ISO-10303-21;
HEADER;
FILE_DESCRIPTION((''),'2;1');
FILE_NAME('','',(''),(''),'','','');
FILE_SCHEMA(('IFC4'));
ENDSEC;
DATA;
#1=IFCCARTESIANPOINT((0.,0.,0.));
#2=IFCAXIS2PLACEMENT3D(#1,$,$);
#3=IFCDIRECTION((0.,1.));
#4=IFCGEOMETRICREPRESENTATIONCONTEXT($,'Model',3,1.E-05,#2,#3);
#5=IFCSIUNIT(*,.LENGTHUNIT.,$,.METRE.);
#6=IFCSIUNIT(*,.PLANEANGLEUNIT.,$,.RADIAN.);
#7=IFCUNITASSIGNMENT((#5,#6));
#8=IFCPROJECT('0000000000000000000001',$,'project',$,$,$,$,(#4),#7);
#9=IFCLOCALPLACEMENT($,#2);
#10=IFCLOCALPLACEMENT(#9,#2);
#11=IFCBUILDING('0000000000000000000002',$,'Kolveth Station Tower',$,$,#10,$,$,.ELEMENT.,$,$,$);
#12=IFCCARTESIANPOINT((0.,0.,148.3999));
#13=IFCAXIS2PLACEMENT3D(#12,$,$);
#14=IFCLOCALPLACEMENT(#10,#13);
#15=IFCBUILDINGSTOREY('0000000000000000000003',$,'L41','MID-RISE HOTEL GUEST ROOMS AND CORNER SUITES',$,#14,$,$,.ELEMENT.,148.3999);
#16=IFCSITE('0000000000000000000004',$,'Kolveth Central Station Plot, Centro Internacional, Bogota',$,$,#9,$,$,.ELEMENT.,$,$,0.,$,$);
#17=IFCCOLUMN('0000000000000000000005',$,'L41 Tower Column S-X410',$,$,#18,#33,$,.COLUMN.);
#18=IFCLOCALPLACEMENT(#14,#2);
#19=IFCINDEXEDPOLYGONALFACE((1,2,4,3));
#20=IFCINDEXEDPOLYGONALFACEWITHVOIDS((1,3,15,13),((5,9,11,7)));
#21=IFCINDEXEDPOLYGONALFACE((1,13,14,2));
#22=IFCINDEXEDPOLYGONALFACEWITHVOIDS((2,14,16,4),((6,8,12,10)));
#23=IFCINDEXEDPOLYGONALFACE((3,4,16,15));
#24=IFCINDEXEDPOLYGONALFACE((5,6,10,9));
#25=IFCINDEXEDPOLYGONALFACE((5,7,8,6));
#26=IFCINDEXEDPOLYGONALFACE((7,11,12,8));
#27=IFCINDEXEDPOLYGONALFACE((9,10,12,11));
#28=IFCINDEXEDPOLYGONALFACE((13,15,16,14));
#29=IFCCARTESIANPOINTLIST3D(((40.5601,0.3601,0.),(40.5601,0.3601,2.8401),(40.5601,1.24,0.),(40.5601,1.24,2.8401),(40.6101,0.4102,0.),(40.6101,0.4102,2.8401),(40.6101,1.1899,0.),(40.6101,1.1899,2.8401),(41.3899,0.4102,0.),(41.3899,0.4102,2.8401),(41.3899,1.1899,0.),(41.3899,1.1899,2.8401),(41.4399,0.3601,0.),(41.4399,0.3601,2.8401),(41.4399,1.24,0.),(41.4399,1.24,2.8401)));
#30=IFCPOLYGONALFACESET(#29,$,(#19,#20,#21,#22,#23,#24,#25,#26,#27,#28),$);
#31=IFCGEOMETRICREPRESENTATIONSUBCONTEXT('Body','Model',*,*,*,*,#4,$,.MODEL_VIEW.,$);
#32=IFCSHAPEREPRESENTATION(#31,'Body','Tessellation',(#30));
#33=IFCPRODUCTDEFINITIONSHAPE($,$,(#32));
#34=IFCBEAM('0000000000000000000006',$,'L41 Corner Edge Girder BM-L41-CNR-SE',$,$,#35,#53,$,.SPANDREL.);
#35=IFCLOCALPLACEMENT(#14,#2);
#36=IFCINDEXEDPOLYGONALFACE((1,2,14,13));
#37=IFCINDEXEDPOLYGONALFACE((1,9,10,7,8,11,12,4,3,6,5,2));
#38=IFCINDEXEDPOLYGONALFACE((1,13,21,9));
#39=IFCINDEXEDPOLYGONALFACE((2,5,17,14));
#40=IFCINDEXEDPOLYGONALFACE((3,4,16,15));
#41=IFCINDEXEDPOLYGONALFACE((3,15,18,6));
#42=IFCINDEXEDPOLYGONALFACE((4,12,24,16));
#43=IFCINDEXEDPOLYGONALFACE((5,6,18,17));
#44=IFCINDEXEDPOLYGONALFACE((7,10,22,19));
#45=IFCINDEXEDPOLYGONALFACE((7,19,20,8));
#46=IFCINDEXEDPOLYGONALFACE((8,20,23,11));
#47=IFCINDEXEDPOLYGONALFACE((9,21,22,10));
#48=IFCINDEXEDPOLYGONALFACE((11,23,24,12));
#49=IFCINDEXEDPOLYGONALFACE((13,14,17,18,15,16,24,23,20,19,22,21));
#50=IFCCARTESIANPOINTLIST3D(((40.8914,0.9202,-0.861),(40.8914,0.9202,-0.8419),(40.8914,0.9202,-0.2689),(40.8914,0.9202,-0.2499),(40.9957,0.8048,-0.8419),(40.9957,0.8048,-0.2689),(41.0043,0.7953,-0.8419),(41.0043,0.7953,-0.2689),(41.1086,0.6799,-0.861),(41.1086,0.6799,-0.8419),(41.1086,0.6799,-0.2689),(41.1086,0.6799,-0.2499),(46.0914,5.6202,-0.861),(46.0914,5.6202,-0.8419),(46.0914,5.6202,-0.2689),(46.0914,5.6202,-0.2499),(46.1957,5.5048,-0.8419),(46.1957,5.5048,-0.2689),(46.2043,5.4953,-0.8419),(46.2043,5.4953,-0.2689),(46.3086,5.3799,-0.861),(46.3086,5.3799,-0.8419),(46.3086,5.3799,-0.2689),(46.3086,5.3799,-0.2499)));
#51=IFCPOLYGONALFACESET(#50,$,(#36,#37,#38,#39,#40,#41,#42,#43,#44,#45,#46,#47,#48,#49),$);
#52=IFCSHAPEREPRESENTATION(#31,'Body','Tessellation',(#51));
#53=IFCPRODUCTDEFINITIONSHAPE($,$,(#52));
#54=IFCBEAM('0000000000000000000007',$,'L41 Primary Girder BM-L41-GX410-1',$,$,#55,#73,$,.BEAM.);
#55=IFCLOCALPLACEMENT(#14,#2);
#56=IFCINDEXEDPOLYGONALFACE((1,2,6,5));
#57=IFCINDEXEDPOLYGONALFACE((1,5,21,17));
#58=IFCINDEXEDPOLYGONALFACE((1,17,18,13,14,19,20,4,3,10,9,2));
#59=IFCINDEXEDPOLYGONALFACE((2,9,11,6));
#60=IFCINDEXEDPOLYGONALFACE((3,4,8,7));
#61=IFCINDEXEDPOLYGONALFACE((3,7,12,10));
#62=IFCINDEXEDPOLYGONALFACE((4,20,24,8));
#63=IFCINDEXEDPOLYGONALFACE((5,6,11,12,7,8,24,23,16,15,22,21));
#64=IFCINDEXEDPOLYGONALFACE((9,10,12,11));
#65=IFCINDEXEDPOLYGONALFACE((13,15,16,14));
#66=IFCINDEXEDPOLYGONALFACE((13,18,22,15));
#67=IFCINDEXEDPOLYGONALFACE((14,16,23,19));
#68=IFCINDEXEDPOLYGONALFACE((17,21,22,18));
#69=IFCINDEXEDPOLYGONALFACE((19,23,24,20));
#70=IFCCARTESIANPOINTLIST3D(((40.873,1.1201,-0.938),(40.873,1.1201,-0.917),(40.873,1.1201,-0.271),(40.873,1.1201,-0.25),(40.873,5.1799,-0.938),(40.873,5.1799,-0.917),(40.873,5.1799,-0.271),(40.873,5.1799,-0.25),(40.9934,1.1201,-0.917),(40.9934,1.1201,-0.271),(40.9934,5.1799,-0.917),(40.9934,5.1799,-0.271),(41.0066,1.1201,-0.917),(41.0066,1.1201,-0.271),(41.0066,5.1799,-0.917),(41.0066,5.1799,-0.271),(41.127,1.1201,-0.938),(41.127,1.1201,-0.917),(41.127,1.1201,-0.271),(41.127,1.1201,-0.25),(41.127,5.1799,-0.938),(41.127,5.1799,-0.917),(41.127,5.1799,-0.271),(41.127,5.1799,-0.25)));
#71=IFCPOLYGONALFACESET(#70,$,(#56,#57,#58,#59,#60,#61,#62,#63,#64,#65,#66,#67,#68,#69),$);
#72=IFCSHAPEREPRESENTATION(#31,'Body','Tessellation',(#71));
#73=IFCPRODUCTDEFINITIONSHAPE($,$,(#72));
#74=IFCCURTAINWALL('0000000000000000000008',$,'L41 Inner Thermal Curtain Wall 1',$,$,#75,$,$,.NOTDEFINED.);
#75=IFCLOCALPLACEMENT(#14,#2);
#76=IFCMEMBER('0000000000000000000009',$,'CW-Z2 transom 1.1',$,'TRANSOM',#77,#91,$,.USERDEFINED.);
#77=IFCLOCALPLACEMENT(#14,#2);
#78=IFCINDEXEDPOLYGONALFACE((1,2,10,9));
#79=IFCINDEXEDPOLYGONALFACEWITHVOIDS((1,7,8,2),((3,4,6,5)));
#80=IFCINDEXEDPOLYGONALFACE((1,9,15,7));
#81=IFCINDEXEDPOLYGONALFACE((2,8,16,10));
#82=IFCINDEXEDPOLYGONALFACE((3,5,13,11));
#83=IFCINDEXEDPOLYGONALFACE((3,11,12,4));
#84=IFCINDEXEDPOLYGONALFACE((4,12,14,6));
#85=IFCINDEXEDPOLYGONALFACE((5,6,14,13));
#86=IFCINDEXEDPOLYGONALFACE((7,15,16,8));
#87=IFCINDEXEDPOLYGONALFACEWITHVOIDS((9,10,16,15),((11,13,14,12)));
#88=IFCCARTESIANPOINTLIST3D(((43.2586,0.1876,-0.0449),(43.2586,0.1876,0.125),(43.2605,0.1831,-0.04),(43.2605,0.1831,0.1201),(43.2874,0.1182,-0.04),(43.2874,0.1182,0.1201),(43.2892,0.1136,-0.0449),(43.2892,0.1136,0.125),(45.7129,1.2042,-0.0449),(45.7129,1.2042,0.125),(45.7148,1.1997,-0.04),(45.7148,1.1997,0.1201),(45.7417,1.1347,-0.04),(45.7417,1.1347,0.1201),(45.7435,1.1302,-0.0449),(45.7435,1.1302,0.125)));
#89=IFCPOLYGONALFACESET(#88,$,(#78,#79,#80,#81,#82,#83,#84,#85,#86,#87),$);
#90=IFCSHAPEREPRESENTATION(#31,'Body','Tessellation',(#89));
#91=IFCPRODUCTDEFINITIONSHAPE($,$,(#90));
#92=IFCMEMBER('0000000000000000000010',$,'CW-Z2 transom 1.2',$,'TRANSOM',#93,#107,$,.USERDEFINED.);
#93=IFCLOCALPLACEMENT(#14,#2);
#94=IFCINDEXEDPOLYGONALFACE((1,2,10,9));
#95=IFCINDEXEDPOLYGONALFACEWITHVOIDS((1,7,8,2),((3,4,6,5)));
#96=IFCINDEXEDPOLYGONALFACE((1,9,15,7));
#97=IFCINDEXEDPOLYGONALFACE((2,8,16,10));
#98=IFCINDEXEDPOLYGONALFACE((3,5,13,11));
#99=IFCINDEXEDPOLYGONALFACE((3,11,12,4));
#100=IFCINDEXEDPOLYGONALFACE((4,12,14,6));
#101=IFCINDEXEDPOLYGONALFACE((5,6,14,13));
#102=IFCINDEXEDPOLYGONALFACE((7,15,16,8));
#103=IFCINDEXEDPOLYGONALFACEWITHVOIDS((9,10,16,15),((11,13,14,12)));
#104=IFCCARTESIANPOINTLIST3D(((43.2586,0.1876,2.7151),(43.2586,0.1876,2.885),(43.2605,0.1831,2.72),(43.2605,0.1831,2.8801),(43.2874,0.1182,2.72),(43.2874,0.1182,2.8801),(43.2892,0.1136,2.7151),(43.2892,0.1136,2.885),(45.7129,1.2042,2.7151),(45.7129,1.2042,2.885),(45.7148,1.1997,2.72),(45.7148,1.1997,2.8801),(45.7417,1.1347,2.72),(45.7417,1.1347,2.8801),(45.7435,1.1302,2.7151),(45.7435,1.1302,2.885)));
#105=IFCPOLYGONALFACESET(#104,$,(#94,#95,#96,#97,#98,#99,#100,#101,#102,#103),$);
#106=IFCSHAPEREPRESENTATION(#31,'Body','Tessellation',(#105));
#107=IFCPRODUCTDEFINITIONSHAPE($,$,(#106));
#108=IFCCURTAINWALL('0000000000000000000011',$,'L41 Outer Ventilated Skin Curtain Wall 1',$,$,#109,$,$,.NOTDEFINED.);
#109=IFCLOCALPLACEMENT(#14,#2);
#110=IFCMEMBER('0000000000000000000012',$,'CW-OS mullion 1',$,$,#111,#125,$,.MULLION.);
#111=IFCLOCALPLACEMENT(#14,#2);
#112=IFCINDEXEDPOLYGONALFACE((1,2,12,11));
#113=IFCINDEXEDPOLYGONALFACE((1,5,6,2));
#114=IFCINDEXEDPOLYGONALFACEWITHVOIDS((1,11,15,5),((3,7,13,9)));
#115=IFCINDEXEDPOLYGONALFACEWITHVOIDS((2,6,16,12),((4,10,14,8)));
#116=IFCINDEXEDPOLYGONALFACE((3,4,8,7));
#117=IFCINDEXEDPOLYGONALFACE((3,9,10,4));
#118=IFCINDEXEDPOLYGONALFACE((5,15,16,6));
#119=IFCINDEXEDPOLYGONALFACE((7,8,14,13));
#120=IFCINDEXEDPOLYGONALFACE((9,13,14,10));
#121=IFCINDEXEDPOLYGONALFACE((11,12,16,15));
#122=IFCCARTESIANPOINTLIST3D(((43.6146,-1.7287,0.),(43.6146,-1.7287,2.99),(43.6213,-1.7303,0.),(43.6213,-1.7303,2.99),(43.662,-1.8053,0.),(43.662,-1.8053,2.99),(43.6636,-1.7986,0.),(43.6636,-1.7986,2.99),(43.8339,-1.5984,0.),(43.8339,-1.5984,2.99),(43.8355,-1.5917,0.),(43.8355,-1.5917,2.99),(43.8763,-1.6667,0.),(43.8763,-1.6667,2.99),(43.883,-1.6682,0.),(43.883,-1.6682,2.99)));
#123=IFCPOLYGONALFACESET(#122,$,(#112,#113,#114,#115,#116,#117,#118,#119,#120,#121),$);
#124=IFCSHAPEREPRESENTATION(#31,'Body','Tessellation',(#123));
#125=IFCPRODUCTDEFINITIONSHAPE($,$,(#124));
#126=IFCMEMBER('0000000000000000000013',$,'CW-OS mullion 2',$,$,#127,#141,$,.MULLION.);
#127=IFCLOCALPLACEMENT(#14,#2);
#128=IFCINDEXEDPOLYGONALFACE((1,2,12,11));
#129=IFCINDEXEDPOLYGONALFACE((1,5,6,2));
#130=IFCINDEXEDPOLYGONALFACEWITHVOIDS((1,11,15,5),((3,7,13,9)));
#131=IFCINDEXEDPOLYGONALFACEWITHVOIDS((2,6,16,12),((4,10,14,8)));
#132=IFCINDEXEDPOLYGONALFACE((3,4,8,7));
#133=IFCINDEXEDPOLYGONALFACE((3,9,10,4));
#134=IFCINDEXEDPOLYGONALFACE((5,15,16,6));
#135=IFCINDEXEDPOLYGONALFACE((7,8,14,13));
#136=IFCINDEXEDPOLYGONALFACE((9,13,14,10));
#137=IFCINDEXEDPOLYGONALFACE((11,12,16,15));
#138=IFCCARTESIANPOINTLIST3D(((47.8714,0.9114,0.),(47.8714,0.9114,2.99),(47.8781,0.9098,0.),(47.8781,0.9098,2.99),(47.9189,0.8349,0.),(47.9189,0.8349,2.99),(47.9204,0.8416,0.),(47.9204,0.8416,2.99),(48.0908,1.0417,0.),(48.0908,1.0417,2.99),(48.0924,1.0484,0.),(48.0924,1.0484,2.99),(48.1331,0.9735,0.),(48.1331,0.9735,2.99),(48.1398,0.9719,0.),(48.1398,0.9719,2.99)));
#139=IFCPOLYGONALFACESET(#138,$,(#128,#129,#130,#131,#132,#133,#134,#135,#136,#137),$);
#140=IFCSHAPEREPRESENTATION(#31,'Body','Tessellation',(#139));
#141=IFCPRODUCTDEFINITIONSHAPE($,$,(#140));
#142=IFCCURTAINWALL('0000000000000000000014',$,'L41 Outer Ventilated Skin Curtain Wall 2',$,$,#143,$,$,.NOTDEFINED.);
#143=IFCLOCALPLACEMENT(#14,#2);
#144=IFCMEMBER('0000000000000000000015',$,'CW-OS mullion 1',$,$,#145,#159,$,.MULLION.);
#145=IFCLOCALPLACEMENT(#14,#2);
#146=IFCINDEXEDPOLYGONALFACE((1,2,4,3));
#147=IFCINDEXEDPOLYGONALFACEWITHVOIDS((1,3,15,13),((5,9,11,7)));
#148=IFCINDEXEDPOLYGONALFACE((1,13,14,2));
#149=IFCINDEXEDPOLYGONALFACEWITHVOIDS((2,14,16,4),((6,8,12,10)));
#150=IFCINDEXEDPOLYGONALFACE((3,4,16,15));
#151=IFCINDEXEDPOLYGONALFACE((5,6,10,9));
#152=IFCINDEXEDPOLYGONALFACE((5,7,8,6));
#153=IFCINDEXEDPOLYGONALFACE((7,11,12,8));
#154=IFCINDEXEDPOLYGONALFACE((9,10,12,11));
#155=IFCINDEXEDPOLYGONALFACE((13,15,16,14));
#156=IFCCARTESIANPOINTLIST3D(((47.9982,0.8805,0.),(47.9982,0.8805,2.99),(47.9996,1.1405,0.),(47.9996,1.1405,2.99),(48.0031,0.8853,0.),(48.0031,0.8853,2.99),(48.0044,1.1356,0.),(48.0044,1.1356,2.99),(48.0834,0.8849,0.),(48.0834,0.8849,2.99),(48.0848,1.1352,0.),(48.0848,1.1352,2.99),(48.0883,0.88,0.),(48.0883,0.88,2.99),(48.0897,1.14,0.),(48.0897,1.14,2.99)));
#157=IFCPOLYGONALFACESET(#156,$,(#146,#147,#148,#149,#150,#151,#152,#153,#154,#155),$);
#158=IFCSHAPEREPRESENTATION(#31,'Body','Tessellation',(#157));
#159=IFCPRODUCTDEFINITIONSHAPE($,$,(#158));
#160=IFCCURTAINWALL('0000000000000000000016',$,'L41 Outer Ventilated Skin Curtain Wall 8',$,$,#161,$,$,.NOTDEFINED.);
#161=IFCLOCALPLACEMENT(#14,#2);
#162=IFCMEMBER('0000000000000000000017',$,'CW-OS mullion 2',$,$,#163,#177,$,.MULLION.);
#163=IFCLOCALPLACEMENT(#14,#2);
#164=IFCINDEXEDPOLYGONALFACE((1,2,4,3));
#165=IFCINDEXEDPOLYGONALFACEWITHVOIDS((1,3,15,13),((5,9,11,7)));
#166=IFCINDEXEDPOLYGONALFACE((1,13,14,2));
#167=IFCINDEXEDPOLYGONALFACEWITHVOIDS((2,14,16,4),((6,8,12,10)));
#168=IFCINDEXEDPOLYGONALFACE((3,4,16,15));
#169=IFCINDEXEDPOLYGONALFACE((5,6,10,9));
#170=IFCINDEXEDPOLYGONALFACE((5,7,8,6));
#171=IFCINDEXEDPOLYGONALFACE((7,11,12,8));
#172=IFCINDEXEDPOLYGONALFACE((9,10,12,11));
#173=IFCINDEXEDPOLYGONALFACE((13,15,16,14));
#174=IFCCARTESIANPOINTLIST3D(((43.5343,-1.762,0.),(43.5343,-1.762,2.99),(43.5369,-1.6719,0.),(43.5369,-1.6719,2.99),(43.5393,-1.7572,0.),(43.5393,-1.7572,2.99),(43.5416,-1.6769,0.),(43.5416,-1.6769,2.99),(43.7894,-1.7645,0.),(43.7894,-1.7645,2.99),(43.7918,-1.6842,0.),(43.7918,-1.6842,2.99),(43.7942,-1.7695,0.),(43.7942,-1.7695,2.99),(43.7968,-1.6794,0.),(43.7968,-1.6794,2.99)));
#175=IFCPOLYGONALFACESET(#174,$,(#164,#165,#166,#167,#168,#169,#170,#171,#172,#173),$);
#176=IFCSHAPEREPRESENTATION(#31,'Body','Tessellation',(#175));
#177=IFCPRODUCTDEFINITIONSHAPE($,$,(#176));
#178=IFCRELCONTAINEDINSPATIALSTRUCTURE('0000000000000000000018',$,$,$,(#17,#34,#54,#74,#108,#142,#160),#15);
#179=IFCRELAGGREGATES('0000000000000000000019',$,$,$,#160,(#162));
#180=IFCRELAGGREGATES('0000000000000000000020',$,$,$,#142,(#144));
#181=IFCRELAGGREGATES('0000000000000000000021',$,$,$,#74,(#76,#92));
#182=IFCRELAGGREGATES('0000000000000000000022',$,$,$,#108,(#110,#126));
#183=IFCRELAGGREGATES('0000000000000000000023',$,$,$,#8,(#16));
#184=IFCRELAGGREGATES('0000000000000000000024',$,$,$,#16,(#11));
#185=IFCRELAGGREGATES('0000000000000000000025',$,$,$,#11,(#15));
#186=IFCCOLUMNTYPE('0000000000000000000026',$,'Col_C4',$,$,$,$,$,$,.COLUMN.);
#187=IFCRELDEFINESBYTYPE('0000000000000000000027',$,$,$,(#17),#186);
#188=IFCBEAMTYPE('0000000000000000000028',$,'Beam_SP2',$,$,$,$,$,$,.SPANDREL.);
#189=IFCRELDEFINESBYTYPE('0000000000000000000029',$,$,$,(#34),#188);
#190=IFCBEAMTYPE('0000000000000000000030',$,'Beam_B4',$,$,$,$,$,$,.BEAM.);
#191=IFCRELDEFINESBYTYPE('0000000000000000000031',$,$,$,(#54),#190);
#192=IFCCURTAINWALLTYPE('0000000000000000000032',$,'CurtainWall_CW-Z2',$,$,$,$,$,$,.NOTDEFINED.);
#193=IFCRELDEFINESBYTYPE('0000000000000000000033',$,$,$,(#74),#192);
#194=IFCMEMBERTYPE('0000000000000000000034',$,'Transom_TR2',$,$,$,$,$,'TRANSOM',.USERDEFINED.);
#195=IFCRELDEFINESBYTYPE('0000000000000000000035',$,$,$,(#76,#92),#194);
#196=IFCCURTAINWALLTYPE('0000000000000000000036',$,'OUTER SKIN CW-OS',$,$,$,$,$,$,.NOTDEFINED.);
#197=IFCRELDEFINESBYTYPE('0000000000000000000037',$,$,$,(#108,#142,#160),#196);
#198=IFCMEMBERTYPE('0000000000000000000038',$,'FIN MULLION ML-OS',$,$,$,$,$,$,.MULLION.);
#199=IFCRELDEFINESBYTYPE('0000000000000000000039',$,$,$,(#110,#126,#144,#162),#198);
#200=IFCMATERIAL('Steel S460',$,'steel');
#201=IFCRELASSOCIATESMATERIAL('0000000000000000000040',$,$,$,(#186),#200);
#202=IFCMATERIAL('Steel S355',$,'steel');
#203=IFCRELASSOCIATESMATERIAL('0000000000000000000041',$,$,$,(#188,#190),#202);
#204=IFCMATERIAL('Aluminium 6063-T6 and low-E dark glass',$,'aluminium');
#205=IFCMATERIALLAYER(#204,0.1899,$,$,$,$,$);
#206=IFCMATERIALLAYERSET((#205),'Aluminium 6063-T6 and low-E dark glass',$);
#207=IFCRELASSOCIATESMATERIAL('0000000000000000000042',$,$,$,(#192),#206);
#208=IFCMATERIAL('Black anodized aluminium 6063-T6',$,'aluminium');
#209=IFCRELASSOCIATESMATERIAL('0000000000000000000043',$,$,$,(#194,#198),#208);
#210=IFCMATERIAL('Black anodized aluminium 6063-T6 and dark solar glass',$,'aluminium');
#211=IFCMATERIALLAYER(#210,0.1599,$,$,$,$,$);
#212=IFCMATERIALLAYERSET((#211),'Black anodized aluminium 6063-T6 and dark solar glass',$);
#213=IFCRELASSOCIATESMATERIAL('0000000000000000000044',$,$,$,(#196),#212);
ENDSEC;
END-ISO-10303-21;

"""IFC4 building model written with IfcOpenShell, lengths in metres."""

from ifc_helpers import new_model, si_unit, direction, frame, origin, origin_2d, place, context, subcontext, project, spatial, hollow_rectangle, i_section, extrude, source, transform, mapped, material, layer, layer_set, material_profile, profile_set, type_object, element, aggregate, save


model = new_model("IFC4")

# Units and contexts
model_context = context("Model", 3, precision=1e-05, world=origin(), true_north=direction((0.0, 1.0)))
body_context = subcontext(model_context, "Body", "Model", "MODEL_VIEW")
ifc_project = project(units=[si_unit("LENGTHUNIT", "METRE"), si_unit("PLANEANGLEUNIT", "RADIAN")], contexts=[model_context])

# Site, building, storey
site_placement = place(None, origin())
site = spatial("IfcSite", under=ifc_project, at=site_placement, Name="Kolveth Central Station Plot, Centro Internacional, Bogota", CompositionType="ELEMENT", RefElevation=0.0)
building_placement = place(site_placement, origin())
building = spatial("IfcBuilding", under=site, at=building_placement, Name="Kolveth Station Tower", CompositionType="ELEMENT")
storey_placement = place(building_placement, frame((0.0, 0.0, 148.3999)))
storey = spatial("IfcBuildingStorey", under=building, at=storey_placement, Name="L41", Description="MID-RISE HOTEL GUEST ROOMS AND CORNER SUITES", CompositionType="ELEMENT", Elevation=148.3999)

# Column
ifc_material_1 = material(Name="Steel S460", Category="steel")
ifc_material_profile_1 = material_profile(ifc_material_1, hollow_rectangle(XDim=0.8799, YDim=0.8799, WallThickness=0.05, at=origin_2d()), Name="BOX880x880x50")
ifc_profile_set_1 = profile_set([ifc_material_profile_1], Name="Steel S460")
column_type = type_object("IfcColumnType", Name="Col_C4", PredefinedType="COLUMN", material=ifc_profile_set_1)
shared_shape_1 = source(origin(), body_context, "Body", "SweptSolid", [
    extrude(hollow_rectangle(XDim=0.8799, YDim=0.8799, WallThickness=0.05, at=origin_2d()), origin(), (0.0, 0.0, 1.0), 2.8401),
])
column_placement = place(storey_placement, frame((41.0, 0.8, 0.0), z_axis=(0.0, 0.0, 1.0), x_axis=(1.0, 0.0, 0.0)))
element("IfcColumn", 1, at=column_placement, inside=storey, type_object=column_type, Name="L41 Tower Column S-X410", PredefinedType="COLUMN", context=body_context, shape_type="MappedRepresentation", body=[
    mapped(shared_shape_1, transform((0.0, 0.0, 0.0), x_axis=(1.0, 0.0, 0.0), y_axis=(0.0, 1.0, 0.0), z_axis=(0.0, 0.0, 1.0), scale=1.0)),
])

# Beams
ifc_material_2 = material(Name="Steel S355", Category="steel")
ifc_material_profile_2 = material_profile(ifc_material_2, i_section(OverallWidth=0.324, OverallDepth=0.6111, WebThickness=0.0127, FlangeThickness=0.019, at=origin_2d()), Name="W610x155")
ifc_profile_set_2 = profile_set([ifc_material_profile_2], Name="Steel S355")
beam_type_1 = type_object("IfcBeamType", Name="Beam_SP2", PredefinedType="SPANDREL", material=ifc_profile_set_2)
shared_shape_2 = source(origin(), body_context, "Body", "SweptSolid", [
    extrude(i_section(OverallWidth=0.324, OverallDepth=0.6111, WebThickness=0.0127, FlangeThickness=0.019, at=origin_2d()), origin(), (0.0, 0.0, 1.0), 7.0093),
])
beam_1_placement = place(storey_placement, frame((41.0, 0.8, -0.5554), z_axis=(0.741874, 0.670539, 0.0), x_axis=(-0.670539, 0.741874, 0.0)))
element("IfcBeam", 2, at=beam_1_placement, inside=storey, type_object=beam_type_1, Name="L41 Corner Edge Girder BM-L41-CNR-SE", PredefinedType="SPANDREL", context=body_context, shape_type="MappedRepresentation", body=[
    mapped(shared_shape_2, transform((0.0, 0.0, 0.0), x_axis=(1.0, 0.0, 0.0), y_axis=(0.0, 1.0, 0.0), z_axis=(0.0, 0.0, 1.0), scale=1.0)),
])
ifc_material_profile_3 = material_profile(ifc_material_2, i_section(OverallWidth=0.2539, OverallDepth=0.688, WebThickness=0.0132, FlangeThickness=0.021, at=origin_2d()), Name="W690x152")
ifc_profile_set_3 = profile_set([ifc_material_profile_3], Name="Steel S355")
beam_type_2 = type_object("IfcBeamType", Name="Beam_B4", PredefinedType="BEAM", material=ifc_profile_set_3)
shared_shape_3 = source(origin(), body_context, "Body", "SweptSolid", [
    extrude(i_section(OverallWidth=0.2539, OverallDepth=0.688, WebThickness=0.0132, FlangeThickness=0.021, at=origin_2d()), origin(), (0.0, 0.0, 1.0), 4.0598),
])
beam_2_placement = place(storey_placement, frame((41.0, 1.1201, -0.594), z_axis=(0.0, 1.0, 0.0), x_axis=(-1.0, 0.0, 0.0)))
element("IfcBeam", 3, at=beam_2_placement, inside=storey, type_object=beam_type_2, Name="L41 Primary Girder BM-L41-GX410-1", PredefinedType="BEAM", context=body_context, shape_type="MappedRepresentation", body=[
    mapped(shared_shape_3, transform((0.0, 0.0, 0.0), x_axis=(1.0, 0.0, 0.0), y_axis=(0.0, 1.0, 0.0), z_axis=(0.0, 0.0, 1.0), scale=1.0)),
])

# Curtain walls, members
ifc_material_3 = material(Name="Aluminium 6063-T6 and low-E dark glass", Category="aluminium")
ifc_layer_1 = layer(ifc_material_3, 0.1899)
ifc_layer_set_1 = layer_set([ifc_layer_1], Name="Aluminium 6063-T6 and low-E dark glass")
curtain_wall_type_1 = type_object("IfcCurtainWallType", Name="CurtainWall_CW-Z2", PredefinedType="NOTDEFINED", material=ifc_layer_set_1)
curtain_wall_1_placement = place(storey_placement, origin())
curtain_wall_1 = element("IfcCurtainWall", 4, at=curtain_wall_1_placement, inside=storey, type_object=curtain_wall_type_1, Name="L41 Inner Thermal Curtain Wall 1", PredefinedType="NOTDEFINED")
ifc_material_4 = material(Name="Black anodized aluminium 6063-T6", Category="aluminium")
ifc_material_profile_4 = material_profile(ifc_material_4, hollow_rectangle(XDim=0.0801, YDim=0.1699, WallThickness=0.0049, at=origin_2d()), Name="ALU-80x170x5")
ifc_profile_set_4 = profile_set([ifc_material_profile_4], Name="Black anodized aluminium 6063-T6")
member_type_1 = type_object("IfcMemberType", Name="Transom_TR2", ElementType="TRANSOM", PredefinedType="USERDEFINED", material=ifc_profile_set_4)
shared_shape_4 = source(origin(), body_context, "Body", "SweptSolid", [
    extrude(hollow_rectangle(XDim=0.0801, YDim=0.1699, WallThickness=0.0049, at=origin_2d()), origin(), (0.0, 0.0, 1.0), 2.6565),
])
member_1_placement = place(storey_placement, frame((43.2739, 0.1506, 0.04), z_axis=(0.923882, 0.382676, 0.0), x_axis=(-0.382676, 0.923882, 0.0)))
member_1 = element("IfcMember", 5, at=member_1_placement, type_object=member_type_1, Name="CW-Z2 transom 1.1", ObjectType="TRANSOM", PredefinedType="USERDEFINED", context=body_context, shape_type="MappedRepresentation", body=[
    mapped(shared_shape_4, transform((0.0, 0.0, 0.0), x_axis=(1.0, 0.0, 0.0), y_axis=(0.0, 1.0, 0.0), z_axis=(0.0, 0.0, 1.0), scale=1.0)),
])
member_2_placement = place(storey_placement, frame((43.2739, 0.1506, 2.8), z_axis=(0.923882, 0.382676, 0.0), x_axis=(-0.382676, 0.923882, 0.0)))
member_2 = element("IfcMember", 6, at=member_2_placement, type_object=member_type_1, Name="CW-Z2 transom 1.2", ObjectType="TRANSOM", PredefinedType="USERDEFINED", context=body_context, shape_type="MappedRepresentation", body=[
    mapped(shared_shape_4, transform((0.0, 0.0, 0.0), x_axis=(1.0, 0.0, 0.0), y_axis=(0.0, 1.0, 0.0), z_axis=(0.0, 0.0, 1.0), scale=1.0)),
])
ifc_material_5 = material(Name="Black anodized aluminium 6063-T6 and dark solar glass", Category="aluminium")
ifc_layer_2 = layer(ifc_material_5, 0.1599)
ifc_layer_set_2 = layer_set([ifc_layer_2], Name="Black anodized aluminium 6063-T6 and dark solar glass")
curtain_wall_type_2 = type_object("IfcCurtainWallType", Name="OUTER SKIN CW-OS", PredefinedType="NOTDEFINED", material=ifc_layer_set_2)
curtain_wall_2_placement = place(storey_placement, origin())
curtain_wall_2 = element("IfcCurtainWall", 7, at=curtain_wall_2_placement, inside=storey, type_object=curtain_wall_type_2, Name="L41 Outer Ventilated Skin Curtain Wall 1", PredefinedType="NOTDEFINED")
ifc_material_profile_5 = material_profile(ifc_material_4, hollow_rectangle(XDim=0.0901, YDim=0.26, WallThickness=0.0049, at=origin_2d()), Name="ALU-90x260x5")
ifc_profile_set_5 = profile_set([ifc_material_profile_5], Name="Black anodized aluminium 6063-T6")
member_type_2 = type_object("IfcMemberType", Name="FIN MULLION ML-OS", PredefinedType="MULLION", material=ifc_profile_set_5)
shared_shape_5 = source(origin(), body_context, "Body", "SweptSolid", [
    extrude(hollow_rectangle(XDim=0.0901, YDim=0.26, WallThickness=0.0049, at=origin_2d()), origin(), (0.0, 0.0, 1.0), 2.99),
])
member_3_placement = place(storey_placement, frame((43.7488, -1.6985, 0.0), z_axis=(0.0, 0.0, 1.0), x_axis=(-0.527055, 0.849831, 0.0)))
member_3 = element("IfcMember", 8, at=member_3_placement, type_object=member_type_2, Name="CW-OS mullion 1", PredefinedType="MULLION", context=body_context, shape_type="MappedRepresentation", body=[
    mapped(shared_shape_5, transform((0.0, 0.0, 0.0), x_axis=(1.0, 0.0, 0.0), y_axis=(0.0, 1.0, 0.0), z_axis=(0.0, 0.0, 1.0), scale=1.0)),
])
member_4_placement = place(storey_placement, frame((48.0056, 0.9417, 0.0), z_axis=(0.0, 0.0, 1.0), x_axis=(-0.527055, 0.849831, 0.0)))
member_4 = element("IfcMember", 9, at=member_4_placement, type_object=member_type_2, Name="CW-OS mullion 2", PredefinedType="MULLION", context=body_context, shape_type="MappedRepresentation", body=[
    mapped(shared_shape_5, transform((0.0, 0.0, 0.0), x_axis=(1.0, 0.0, 0.0), y_axis=(0.0, 1.0, 0.0), z_axis=(0.0, 0.0, 1.0), scale=1.0)),
])

# Curtain walls, members
curtain_wall_3_placement = place(storey_placement, origin())
curtain_wall_3 = element("IfcCurtainWall", 10, at=curtain_wall_3_placement, inside=storey, type_object=curtain_wall_type_2, Name="L41 Outer Ventilated Skin Curtain Wall 2", PredefinedType="NOTDEFINED")
member_5_placement = place(storey_placement, frame((48.0439, 1.0103, 0.0), z_axis=(0.0, 0.0, 1.0), x_axis=(-0.999986, 0.005307, 0.0)))
member_5 = element("IfcMember", 11, at=member_5_placement, type_object=member_type_2, Name="CW-OS mullion 1", PredefinedType="MULLION", context=body_context, shape_type="MappedRepresentation", body=[
    mapped(shared_shape_5, transform((0.0, 0.0, 0.0), x_axis=(1.0, 0.0, 0.0), y_axis=(0.0, 1.0, 0.0), z_axis=(0.0, 0.0, 1.0), scale=1.0)),
])
curtain_wall_4_placement = place(storey_placement, origin())
curtain_wall_4 = element("IfcCurtainWall", 12, at=curtain_wall_4_placement, inside=storey, type_object=curtain_wall_type_2, Name="L41 Outer Ventilated Skin Curtain Wall 8", PredefinedType="NOTDEFINED")
member_6_placement = place(storey_placement, frame((43.6655, -1.7207, 0.0), z_axis=(0.0, 0.0, 1.0), x_axis=(0.028843, 0.999584, 0.0)))
member_6 = element("IfcMember", 13, at=member_6_placement, type_object=member_type_2, Name="CW-OS mullion 2", PredefinedType="MULLION", context=body_context, shape_type="MappedRepresentation", body=[
    mapped(shared_shape_5, transform((0.0, 0.0, 0.0), x_axis=(1.0, 0.0, 0.0), y_axis=(0.0, 1.0, 0.0), z_axis=(0.0, 0.0, 1.0), scale=1.0)),
])
aggregate(curtain_wall_4, [member_6])

aggregate(curtain_wall_3, [member_5])

aggregate(curtain_wall_1, [member_1, member_2])
aggregate(curtain_wall_2, [member_3, member_4])

save(model, "model.ifc")
